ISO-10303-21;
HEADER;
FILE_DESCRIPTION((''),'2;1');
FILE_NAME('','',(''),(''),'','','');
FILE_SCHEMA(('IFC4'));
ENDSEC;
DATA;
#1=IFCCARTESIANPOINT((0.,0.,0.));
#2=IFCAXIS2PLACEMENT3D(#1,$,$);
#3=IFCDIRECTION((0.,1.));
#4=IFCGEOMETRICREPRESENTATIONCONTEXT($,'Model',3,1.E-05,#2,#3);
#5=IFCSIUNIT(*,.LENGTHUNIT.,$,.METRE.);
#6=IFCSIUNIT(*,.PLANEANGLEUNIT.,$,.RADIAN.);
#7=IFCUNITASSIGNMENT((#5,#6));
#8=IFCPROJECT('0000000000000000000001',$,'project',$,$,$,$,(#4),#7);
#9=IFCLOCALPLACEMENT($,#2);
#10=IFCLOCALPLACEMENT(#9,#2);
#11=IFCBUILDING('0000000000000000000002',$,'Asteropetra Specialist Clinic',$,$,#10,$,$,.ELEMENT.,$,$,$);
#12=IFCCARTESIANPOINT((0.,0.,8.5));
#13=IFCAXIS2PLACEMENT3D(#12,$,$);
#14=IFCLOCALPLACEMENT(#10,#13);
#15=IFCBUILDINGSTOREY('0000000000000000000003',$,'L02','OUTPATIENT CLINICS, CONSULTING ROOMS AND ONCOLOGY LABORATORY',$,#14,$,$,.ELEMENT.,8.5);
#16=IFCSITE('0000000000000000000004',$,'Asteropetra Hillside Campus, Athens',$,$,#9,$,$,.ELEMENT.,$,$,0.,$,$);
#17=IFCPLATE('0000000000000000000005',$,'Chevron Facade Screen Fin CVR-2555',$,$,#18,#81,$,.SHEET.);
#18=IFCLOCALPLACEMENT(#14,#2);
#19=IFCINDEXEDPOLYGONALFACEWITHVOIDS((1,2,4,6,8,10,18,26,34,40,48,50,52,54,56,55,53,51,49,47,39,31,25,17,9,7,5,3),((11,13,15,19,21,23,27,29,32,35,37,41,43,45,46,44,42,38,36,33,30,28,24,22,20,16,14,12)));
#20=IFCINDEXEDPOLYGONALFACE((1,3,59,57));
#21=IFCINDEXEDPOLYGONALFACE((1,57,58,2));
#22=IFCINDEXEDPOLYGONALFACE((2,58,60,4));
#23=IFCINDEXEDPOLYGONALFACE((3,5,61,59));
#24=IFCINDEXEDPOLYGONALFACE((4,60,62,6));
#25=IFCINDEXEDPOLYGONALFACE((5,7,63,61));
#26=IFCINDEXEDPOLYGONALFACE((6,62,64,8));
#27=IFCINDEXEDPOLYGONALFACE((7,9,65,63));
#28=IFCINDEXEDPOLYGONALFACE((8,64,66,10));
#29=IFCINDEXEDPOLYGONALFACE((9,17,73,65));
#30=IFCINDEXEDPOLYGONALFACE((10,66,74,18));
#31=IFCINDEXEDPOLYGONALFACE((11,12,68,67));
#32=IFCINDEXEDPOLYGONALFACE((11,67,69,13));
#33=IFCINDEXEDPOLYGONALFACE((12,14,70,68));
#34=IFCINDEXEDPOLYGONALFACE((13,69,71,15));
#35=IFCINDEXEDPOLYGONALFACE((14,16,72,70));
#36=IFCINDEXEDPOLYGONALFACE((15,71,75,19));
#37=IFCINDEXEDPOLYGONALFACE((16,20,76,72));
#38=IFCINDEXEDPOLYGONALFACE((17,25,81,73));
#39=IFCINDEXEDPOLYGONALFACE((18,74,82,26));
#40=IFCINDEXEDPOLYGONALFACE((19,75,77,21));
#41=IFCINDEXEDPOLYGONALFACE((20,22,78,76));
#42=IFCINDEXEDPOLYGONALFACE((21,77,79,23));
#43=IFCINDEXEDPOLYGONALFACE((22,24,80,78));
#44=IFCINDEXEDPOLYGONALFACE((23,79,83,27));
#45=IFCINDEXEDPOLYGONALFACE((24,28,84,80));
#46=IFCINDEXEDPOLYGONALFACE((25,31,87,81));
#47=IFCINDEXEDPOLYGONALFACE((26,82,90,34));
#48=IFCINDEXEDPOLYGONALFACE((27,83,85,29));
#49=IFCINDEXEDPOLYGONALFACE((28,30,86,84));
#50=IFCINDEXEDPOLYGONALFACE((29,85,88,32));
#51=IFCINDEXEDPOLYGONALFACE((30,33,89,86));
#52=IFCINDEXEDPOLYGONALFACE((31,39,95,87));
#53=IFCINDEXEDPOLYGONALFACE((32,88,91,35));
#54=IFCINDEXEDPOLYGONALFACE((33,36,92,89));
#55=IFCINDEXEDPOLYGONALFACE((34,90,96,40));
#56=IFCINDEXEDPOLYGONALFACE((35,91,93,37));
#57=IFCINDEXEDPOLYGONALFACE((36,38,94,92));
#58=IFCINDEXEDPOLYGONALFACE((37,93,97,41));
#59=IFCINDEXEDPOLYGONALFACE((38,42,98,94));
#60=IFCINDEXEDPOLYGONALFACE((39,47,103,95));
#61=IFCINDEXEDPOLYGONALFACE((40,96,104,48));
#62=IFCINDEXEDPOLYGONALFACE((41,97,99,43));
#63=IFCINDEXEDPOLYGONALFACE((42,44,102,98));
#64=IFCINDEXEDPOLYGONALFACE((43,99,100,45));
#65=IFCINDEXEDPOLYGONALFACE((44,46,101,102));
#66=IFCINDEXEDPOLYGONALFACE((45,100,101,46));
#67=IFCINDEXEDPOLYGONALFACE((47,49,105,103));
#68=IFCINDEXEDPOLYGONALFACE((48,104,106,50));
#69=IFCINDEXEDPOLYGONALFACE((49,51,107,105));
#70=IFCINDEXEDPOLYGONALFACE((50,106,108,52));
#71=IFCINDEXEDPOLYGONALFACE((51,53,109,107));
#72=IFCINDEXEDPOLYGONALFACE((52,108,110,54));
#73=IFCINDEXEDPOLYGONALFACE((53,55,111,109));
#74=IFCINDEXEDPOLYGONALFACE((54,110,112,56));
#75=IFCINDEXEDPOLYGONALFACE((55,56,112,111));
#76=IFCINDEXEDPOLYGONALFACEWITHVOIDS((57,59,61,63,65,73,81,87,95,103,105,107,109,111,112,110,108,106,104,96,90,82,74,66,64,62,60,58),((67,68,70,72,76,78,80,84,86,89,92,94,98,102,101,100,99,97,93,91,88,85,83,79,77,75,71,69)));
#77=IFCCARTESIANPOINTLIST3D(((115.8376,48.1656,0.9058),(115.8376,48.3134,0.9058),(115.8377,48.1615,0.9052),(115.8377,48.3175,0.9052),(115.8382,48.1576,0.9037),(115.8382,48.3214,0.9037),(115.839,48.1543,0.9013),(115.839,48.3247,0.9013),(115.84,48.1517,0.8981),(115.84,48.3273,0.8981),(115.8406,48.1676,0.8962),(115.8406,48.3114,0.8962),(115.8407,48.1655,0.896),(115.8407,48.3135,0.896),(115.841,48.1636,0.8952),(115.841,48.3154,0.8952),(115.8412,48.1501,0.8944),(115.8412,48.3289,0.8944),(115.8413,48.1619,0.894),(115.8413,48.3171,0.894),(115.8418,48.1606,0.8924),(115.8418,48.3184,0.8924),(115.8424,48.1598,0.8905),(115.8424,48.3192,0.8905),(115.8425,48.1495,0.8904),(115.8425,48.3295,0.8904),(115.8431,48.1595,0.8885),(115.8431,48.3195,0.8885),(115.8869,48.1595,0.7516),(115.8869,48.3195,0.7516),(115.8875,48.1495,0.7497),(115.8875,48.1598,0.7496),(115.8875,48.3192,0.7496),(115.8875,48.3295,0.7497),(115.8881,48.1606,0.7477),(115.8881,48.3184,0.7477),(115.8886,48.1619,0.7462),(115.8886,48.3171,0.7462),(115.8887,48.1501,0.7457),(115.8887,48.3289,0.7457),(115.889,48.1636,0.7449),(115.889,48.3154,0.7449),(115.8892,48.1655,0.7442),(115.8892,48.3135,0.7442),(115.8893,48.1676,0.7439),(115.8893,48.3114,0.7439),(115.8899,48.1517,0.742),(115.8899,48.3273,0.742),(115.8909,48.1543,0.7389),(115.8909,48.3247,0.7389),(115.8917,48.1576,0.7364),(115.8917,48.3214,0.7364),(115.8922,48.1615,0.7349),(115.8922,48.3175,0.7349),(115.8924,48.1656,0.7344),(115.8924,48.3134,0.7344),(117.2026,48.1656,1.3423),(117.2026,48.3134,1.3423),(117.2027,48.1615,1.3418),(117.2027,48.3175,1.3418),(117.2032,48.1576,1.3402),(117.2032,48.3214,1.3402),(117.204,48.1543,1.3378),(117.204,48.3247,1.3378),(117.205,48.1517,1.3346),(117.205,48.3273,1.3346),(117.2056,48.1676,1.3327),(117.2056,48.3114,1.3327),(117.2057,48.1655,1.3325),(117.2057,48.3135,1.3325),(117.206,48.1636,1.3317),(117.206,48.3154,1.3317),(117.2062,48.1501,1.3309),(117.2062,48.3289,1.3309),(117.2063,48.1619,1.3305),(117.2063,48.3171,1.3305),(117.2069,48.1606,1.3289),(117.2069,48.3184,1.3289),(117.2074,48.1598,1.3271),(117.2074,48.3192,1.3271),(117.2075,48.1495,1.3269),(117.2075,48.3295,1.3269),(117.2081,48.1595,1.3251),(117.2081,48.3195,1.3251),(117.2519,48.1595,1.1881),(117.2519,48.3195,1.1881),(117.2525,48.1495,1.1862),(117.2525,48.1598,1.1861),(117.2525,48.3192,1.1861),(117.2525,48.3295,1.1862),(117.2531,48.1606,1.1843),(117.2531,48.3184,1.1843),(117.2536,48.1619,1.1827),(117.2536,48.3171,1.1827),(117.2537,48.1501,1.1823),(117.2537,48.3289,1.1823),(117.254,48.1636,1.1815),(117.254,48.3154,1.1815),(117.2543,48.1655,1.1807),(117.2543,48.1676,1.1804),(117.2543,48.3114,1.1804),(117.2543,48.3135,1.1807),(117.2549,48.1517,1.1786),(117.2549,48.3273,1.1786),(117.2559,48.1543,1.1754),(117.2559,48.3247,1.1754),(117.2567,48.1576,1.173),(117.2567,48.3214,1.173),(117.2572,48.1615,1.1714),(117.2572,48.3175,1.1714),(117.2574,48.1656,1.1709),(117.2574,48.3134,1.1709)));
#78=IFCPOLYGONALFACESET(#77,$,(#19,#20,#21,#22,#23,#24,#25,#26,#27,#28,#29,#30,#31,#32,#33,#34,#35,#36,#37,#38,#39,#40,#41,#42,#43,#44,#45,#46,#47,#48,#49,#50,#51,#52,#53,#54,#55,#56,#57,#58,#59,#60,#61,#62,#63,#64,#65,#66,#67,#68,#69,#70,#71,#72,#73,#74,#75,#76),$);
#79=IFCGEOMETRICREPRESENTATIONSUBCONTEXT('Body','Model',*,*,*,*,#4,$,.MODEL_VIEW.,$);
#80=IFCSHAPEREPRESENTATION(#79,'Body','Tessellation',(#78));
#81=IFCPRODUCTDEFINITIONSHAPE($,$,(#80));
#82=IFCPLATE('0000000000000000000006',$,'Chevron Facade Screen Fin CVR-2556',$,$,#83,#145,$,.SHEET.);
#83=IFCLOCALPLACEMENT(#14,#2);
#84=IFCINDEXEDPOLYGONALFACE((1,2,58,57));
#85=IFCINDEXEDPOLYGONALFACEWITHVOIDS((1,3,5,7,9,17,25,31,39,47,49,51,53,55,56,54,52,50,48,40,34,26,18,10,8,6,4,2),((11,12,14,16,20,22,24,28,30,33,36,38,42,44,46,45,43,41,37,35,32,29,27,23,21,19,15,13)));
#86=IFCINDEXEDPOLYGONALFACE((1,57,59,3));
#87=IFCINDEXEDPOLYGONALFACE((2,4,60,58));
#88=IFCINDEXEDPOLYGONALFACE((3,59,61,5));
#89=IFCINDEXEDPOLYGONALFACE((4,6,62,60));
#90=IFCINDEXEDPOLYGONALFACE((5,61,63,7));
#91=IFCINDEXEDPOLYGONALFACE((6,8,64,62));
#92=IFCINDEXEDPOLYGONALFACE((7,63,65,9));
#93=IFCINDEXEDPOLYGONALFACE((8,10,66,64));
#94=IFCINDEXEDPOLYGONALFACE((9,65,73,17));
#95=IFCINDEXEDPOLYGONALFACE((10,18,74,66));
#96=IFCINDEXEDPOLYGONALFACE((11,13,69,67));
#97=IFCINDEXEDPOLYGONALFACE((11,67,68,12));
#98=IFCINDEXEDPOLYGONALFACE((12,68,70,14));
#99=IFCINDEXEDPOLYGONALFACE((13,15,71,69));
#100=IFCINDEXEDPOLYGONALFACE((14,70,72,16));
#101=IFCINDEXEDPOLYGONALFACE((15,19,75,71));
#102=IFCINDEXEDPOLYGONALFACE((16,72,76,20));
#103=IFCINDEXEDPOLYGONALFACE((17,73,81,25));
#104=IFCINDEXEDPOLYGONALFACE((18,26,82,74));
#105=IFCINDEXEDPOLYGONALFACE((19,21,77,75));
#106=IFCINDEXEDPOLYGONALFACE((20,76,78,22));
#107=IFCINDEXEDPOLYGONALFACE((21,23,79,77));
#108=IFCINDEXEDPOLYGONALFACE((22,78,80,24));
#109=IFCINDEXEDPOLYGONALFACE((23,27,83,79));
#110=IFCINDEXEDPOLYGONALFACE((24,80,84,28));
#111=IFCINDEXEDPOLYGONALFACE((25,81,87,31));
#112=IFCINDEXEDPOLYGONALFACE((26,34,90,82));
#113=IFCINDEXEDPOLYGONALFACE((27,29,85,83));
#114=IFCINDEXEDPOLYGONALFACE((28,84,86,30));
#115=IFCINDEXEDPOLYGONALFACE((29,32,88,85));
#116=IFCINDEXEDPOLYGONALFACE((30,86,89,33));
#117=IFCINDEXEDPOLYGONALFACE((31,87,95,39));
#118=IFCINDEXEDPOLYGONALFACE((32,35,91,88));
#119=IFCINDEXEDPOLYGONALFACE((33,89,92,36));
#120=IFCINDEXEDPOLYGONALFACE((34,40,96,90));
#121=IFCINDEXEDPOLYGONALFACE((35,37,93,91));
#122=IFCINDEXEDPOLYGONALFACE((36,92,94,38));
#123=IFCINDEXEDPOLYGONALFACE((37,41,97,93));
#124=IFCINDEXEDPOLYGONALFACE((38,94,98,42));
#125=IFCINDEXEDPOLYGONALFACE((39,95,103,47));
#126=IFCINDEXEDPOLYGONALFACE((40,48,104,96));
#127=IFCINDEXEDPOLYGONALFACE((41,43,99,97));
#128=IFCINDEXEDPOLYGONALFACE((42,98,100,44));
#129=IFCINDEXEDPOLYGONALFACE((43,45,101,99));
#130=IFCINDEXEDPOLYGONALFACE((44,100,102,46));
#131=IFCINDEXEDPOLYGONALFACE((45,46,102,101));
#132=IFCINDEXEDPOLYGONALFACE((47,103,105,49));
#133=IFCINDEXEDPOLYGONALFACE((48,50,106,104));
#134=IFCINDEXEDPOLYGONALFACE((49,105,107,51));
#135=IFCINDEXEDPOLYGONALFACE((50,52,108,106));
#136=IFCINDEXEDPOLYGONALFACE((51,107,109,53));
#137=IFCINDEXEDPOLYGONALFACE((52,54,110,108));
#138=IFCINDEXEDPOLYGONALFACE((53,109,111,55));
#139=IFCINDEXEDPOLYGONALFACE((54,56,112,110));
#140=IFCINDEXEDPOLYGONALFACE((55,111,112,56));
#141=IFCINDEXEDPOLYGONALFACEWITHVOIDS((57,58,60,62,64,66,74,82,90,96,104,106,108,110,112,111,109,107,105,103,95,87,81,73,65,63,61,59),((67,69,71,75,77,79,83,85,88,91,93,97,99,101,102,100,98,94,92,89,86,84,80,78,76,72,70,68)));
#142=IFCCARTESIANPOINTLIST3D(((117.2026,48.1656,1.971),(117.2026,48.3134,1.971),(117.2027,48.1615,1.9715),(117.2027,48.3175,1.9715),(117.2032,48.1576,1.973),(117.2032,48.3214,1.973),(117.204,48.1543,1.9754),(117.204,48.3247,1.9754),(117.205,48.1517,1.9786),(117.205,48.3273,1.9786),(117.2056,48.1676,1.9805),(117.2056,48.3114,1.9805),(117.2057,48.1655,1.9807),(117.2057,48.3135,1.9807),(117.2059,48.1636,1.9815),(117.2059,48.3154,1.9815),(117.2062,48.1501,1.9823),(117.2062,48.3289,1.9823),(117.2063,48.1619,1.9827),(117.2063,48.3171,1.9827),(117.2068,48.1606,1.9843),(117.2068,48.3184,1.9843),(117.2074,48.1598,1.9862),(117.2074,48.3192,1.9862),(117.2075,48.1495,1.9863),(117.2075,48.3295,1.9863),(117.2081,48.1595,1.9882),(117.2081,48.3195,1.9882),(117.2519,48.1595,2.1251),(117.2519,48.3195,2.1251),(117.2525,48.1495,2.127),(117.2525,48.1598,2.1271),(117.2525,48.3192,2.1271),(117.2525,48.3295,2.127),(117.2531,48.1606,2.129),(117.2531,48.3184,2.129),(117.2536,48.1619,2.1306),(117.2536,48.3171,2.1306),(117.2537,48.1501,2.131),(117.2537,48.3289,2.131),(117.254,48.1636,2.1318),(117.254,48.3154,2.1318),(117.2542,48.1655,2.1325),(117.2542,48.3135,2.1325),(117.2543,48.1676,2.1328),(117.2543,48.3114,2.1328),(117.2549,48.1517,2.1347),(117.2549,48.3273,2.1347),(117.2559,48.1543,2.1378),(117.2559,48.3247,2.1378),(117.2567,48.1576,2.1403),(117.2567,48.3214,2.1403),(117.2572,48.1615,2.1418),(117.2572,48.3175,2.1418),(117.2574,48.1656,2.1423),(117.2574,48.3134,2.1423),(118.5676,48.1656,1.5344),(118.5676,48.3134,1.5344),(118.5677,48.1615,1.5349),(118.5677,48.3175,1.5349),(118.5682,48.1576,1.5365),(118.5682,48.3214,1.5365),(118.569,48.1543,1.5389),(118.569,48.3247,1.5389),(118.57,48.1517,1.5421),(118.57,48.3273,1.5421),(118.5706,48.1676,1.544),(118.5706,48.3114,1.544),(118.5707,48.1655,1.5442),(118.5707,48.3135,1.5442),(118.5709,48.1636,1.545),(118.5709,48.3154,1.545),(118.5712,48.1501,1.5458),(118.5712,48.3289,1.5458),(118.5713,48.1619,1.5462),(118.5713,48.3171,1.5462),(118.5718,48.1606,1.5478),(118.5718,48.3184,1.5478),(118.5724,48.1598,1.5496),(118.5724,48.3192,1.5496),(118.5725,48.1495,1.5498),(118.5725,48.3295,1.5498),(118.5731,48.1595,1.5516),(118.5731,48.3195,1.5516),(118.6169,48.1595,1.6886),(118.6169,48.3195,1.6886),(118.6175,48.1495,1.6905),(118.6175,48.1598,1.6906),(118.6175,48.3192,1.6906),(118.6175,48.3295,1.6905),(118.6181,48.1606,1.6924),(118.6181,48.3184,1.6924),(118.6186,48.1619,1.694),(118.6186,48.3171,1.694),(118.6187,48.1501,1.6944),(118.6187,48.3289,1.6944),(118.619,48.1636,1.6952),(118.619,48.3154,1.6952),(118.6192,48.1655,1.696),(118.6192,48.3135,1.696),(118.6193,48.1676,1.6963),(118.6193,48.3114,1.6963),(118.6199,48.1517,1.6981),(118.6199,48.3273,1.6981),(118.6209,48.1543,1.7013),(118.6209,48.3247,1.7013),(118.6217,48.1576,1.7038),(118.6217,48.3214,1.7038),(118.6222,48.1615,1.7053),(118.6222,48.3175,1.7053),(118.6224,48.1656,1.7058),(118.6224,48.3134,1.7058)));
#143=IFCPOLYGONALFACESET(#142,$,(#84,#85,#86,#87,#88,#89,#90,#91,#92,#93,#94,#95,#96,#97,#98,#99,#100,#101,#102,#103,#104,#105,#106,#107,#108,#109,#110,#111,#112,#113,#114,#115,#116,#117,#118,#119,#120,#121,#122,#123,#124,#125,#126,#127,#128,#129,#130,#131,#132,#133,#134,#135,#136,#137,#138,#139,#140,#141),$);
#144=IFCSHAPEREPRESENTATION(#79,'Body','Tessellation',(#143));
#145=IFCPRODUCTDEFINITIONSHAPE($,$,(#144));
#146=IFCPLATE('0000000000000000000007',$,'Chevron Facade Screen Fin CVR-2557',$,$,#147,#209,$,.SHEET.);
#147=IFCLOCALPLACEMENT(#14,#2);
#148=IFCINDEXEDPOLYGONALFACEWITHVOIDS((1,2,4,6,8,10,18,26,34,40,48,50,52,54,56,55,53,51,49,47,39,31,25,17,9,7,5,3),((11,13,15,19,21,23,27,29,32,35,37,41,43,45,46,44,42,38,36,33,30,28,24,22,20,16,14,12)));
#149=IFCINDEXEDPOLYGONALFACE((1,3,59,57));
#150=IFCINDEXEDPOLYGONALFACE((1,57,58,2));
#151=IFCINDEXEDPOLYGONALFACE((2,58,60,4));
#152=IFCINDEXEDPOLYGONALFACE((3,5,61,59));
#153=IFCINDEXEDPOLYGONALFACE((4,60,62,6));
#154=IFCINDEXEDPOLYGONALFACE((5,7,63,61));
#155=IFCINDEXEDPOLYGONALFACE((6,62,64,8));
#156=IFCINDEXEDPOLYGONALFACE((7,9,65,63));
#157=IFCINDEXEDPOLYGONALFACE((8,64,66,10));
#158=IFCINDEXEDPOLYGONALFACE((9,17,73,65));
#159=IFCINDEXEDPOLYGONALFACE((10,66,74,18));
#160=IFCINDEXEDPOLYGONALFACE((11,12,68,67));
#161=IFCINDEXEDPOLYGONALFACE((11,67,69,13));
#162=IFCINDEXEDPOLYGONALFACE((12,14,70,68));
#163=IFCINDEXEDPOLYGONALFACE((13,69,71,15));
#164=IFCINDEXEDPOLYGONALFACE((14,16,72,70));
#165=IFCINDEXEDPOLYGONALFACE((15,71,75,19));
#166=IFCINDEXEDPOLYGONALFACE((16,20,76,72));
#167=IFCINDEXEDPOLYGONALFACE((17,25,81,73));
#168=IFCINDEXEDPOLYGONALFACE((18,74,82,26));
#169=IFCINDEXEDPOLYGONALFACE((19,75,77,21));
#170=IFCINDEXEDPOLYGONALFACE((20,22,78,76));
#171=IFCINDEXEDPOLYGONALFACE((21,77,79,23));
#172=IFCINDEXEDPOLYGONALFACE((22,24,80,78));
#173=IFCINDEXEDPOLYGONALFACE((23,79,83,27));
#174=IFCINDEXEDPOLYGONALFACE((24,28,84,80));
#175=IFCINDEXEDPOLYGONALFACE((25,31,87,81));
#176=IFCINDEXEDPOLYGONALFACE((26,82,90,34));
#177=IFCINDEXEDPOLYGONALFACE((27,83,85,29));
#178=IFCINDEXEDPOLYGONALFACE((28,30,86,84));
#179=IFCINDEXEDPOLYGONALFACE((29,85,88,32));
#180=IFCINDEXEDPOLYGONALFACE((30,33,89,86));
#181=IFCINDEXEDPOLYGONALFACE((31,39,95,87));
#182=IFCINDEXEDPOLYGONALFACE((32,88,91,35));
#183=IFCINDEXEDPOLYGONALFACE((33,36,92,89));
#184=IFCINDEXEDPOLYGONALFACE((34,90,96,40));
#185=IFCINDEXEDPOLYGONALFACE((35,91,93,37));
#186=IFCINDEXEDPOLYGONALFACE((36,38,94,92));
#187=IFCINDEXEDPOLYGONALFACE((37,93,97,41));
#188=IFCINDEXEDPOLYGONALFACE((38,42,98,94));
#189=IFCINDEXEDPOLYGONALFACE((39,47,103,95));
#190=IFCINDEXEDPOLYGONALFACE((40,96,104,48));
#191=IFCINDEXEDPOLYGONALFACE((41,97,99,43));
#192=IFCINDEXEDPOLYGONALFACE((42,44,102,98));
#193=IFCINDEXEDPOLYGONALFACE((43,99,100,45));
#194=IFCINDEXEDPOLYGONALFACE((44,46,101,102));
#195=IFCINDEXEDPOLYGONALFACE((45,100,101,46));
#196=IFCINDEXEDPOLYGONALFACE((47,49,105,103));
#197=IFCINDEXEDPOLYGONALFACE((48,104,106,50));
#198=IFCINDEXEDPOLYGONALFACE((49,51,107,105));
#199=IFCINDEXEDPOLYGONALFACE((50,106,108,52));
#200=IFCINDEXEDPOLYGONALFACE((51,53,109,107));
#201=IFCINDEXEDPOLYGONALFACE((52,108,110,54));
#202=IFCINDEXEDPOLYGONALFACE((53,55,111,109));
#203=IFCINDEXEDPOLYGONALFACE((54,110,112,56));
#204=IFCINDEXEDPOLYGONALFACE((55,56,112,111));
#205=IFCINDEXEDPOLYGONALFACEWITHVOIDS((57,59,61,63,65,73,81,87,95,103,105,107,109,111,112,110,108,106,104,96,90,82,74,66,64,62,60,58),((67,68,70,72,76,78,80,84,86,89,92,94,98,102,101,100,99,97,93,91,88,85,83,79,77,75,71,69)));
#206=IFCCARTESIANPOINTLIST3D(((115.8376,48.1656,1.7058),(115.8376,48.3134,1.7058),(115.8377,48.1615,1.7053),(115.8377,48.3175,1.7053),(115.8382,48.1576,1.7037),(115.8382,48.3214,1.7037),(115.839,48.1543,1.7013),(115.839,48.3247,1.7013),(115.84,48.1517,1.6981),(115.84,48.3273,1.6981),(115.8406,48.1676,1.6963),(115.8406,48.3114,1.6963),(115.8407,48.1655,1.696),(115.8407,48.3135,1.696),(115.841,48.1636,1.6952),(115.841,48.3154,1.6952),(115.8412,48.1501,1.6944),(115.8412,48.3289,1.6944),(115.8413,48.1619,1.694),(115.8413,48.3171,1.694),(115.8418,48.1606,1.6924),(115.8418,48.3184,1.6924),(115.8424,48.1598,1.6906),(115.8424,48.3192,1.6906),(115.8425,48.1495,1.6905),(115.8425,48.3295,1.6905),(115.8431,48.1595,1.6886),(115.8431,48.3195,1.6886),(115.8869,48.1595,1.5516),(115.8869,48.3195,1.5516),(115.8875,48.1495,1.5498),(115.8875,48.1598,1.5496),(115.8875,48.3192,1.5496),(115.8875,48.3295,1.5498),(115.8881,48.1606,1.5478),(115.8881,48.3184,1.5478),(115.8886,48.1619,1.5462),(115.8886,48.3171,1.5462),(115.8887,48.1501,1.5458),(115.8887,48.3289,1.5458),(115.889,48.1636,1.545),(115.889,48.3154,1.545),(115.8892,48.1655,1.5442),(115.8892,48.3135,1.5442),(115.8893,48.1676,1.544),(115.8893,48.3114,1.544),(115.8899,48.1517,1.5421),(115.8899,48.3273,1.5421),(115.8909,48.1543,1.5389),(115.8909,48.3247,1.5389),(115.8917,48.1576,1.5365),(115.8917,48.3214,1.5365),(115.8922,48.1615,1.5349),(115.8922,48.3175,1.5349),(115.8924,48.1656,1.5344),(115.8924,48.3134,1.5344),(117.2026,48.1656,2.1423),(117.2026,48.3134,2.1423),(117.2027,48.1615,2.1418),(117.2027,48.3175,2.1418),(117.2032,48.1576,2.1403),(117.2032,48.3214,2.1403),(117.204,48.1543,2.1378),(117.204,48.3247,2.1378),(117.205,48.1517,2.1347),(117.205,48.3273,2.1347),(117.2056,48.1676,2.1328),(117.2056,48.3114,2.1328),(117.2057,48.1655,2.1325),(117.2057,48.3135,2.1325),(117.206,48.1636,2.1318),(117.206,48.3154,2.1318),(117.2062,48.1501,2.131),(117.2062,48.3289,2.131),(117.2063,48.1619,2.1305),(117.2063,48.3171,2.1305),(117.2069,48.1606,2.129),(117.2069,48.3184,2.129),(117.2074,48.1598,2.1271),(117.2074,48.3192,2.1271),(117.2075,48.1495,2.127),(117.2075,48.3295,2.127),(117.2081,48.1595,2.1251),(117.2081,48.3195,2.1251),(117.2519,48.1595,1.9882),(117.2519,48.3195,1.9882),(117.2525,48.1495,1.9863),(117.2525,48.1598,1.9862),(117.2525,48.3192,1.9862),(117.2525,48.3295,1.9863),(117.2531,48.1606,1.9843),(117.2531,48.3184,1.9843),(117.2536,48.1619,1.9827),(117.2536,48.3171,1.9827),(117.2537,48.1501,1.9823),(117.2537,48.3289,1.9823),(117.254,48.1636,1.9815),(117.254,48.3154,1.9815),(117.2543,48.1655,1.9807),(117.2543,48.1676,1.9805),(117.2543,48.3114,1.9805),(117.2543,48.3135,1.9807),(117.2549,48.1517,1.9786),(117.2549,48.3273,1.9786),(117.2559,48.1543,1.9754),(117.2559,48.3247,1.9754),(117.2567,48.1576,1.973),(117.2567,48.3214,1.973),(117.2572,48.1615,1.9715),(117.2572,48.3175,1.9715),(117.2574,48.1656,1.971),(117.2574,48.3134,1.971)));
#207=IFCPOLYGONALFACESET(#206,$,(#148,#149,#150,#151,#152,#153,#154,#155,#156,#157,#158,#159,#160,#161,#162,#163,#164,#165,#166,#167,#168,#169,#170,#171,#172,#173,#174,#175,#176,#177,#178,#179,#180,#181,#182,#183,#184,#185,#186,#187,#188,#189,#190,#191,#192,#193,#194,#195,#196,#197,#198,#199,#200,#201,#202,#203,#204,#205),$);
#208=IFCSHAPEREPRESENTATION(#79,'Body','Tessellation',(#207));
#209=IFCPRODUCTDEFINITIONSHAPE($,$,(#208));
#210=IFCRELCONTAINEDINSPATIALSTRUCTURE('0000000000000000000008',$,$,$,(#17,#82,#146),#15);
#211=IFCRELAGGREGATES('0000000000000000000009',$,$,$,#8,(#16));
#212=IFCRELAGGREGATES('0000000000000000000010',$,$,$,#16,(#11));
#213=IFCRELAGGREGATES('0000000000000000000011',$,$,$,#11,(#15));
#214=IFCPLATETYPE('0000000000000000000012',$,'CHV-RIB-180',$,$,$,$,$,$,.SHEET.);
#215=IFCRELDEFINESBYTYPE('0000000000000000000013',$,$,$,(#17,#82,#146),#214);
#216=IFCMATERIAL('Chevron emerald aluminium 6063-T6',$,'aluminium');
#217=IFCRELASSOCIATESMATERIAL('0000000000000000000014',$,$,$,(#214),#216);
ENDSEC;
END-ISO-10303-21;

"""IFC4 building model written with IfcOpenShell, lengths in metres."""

from ifc_helpers import new_model, si_unit, direction, frame, origin, origin_2d, place, context, subcontext, project, spatial, hollow_rectangle, extrude, material, material_profile, profile_set, type_object, element, save


model = new_model("IFC4")

# Units and contexts
model_context = context("Model", 3, precision=1e-05, world=origin(), true_north=direction((0.0, 1.0)))
body_context = subcontext(model_context, "Body", "Model", "MODEL_VIEW")
ifc_project = project(units=[si_unit("LENGTHUNIT", "METRE"), si_unit("PLANEANGLEUNIT", "RADIAN")], contexts=[model_context])

# Site, building, storey
site_placement = place(None, origin())
site = spatial("IfcSite", under=ifc_project, at=site_placement, Name="Asteropetra Hillside Campus, Athens", CompositionType="ELEMENT", RefElevation=0.0)
building_placement = place(site_placement, origin())
building = spatial("IfcBuilding", under=site, at=building_placement, Name="Asteropetra Specialist Clinic", CompositionType="ELEMENT")
storey_placement = place(building_placement, frame((0.0, 0.0, 8.5)))
storey = spatial("IfcBuildingStorey", under=building, at=storey_placement, Name="L02", Description="OUTPATIENT CLINICS, CONSULTING ROOMS AND ONCOLOGY LABORATORY", CompositionType="ELEMENT", Elevation=8.5)

# Plates
ifc_material_1 = material(Name="Chevron emerald aluminium 6063-T6", Category="aluminium")
ifc_material_profile_1 = material_profile(ifc_material_1, hollow_rectangle(XDim=0.1799, YDim=0.1799, WallThickness=0.01, InnerFilletRadius=0.0081, OuterFilletRadius=0.0161, at=origin_2d()), Name="SHS 180x180x10.0")
ifc_profile_set_1 = profile_set([ifc_material_profile_1], Name="Chevron emerald aluminium 6063-T6")
plate_type = type_object("IfcPlateType", Name="CHV-RIB-180", PredefinedType="SHEET", material=ifc_profile_set_1)
for number, where, z_axis, x_axis, name in (
    (1, (117.23, 48.2395, 1.2566), (-0.95248, 0.0, -0.304603), (0.0, -1.0, 0.0), "Chevron Facade Screen Fin CVR-2555"),
    (2, (118.595, 48.2395, 1.6201), (-0.95248, 0.0, 0.304603), (0.0, -1.0, 0.0), "Chevron Facade Screen Fin CVR-2556"),
    (3, (117.23, 48.2395, 2.0566), (-0.95248, 0.0, -0.304603), (0.0, -1.0, 0.0), "Chevron Facade Screen Fin CVR-2557"),
):
    element("IfcPlate", number, at=place(storey_placement, frame(where, z_axis=z_axis, x_axis=x_axis)), inside=storey, type_object=plate_type, Name=name, PredefinedType="SHEET", context=body_context, shape_type="SweptSolid", body=[
        extrude(hollow_rectangle(XDim=0.1799, YDim=0.1799, WallThickness=0.01, InnerFilletRadius=0.0081, OuterFilletRadius=0.0161, at=origin_2d()), origin(), (0.0, 0.0, 1.0), 1.4331),
    ])

save(model, "model.ifc")
